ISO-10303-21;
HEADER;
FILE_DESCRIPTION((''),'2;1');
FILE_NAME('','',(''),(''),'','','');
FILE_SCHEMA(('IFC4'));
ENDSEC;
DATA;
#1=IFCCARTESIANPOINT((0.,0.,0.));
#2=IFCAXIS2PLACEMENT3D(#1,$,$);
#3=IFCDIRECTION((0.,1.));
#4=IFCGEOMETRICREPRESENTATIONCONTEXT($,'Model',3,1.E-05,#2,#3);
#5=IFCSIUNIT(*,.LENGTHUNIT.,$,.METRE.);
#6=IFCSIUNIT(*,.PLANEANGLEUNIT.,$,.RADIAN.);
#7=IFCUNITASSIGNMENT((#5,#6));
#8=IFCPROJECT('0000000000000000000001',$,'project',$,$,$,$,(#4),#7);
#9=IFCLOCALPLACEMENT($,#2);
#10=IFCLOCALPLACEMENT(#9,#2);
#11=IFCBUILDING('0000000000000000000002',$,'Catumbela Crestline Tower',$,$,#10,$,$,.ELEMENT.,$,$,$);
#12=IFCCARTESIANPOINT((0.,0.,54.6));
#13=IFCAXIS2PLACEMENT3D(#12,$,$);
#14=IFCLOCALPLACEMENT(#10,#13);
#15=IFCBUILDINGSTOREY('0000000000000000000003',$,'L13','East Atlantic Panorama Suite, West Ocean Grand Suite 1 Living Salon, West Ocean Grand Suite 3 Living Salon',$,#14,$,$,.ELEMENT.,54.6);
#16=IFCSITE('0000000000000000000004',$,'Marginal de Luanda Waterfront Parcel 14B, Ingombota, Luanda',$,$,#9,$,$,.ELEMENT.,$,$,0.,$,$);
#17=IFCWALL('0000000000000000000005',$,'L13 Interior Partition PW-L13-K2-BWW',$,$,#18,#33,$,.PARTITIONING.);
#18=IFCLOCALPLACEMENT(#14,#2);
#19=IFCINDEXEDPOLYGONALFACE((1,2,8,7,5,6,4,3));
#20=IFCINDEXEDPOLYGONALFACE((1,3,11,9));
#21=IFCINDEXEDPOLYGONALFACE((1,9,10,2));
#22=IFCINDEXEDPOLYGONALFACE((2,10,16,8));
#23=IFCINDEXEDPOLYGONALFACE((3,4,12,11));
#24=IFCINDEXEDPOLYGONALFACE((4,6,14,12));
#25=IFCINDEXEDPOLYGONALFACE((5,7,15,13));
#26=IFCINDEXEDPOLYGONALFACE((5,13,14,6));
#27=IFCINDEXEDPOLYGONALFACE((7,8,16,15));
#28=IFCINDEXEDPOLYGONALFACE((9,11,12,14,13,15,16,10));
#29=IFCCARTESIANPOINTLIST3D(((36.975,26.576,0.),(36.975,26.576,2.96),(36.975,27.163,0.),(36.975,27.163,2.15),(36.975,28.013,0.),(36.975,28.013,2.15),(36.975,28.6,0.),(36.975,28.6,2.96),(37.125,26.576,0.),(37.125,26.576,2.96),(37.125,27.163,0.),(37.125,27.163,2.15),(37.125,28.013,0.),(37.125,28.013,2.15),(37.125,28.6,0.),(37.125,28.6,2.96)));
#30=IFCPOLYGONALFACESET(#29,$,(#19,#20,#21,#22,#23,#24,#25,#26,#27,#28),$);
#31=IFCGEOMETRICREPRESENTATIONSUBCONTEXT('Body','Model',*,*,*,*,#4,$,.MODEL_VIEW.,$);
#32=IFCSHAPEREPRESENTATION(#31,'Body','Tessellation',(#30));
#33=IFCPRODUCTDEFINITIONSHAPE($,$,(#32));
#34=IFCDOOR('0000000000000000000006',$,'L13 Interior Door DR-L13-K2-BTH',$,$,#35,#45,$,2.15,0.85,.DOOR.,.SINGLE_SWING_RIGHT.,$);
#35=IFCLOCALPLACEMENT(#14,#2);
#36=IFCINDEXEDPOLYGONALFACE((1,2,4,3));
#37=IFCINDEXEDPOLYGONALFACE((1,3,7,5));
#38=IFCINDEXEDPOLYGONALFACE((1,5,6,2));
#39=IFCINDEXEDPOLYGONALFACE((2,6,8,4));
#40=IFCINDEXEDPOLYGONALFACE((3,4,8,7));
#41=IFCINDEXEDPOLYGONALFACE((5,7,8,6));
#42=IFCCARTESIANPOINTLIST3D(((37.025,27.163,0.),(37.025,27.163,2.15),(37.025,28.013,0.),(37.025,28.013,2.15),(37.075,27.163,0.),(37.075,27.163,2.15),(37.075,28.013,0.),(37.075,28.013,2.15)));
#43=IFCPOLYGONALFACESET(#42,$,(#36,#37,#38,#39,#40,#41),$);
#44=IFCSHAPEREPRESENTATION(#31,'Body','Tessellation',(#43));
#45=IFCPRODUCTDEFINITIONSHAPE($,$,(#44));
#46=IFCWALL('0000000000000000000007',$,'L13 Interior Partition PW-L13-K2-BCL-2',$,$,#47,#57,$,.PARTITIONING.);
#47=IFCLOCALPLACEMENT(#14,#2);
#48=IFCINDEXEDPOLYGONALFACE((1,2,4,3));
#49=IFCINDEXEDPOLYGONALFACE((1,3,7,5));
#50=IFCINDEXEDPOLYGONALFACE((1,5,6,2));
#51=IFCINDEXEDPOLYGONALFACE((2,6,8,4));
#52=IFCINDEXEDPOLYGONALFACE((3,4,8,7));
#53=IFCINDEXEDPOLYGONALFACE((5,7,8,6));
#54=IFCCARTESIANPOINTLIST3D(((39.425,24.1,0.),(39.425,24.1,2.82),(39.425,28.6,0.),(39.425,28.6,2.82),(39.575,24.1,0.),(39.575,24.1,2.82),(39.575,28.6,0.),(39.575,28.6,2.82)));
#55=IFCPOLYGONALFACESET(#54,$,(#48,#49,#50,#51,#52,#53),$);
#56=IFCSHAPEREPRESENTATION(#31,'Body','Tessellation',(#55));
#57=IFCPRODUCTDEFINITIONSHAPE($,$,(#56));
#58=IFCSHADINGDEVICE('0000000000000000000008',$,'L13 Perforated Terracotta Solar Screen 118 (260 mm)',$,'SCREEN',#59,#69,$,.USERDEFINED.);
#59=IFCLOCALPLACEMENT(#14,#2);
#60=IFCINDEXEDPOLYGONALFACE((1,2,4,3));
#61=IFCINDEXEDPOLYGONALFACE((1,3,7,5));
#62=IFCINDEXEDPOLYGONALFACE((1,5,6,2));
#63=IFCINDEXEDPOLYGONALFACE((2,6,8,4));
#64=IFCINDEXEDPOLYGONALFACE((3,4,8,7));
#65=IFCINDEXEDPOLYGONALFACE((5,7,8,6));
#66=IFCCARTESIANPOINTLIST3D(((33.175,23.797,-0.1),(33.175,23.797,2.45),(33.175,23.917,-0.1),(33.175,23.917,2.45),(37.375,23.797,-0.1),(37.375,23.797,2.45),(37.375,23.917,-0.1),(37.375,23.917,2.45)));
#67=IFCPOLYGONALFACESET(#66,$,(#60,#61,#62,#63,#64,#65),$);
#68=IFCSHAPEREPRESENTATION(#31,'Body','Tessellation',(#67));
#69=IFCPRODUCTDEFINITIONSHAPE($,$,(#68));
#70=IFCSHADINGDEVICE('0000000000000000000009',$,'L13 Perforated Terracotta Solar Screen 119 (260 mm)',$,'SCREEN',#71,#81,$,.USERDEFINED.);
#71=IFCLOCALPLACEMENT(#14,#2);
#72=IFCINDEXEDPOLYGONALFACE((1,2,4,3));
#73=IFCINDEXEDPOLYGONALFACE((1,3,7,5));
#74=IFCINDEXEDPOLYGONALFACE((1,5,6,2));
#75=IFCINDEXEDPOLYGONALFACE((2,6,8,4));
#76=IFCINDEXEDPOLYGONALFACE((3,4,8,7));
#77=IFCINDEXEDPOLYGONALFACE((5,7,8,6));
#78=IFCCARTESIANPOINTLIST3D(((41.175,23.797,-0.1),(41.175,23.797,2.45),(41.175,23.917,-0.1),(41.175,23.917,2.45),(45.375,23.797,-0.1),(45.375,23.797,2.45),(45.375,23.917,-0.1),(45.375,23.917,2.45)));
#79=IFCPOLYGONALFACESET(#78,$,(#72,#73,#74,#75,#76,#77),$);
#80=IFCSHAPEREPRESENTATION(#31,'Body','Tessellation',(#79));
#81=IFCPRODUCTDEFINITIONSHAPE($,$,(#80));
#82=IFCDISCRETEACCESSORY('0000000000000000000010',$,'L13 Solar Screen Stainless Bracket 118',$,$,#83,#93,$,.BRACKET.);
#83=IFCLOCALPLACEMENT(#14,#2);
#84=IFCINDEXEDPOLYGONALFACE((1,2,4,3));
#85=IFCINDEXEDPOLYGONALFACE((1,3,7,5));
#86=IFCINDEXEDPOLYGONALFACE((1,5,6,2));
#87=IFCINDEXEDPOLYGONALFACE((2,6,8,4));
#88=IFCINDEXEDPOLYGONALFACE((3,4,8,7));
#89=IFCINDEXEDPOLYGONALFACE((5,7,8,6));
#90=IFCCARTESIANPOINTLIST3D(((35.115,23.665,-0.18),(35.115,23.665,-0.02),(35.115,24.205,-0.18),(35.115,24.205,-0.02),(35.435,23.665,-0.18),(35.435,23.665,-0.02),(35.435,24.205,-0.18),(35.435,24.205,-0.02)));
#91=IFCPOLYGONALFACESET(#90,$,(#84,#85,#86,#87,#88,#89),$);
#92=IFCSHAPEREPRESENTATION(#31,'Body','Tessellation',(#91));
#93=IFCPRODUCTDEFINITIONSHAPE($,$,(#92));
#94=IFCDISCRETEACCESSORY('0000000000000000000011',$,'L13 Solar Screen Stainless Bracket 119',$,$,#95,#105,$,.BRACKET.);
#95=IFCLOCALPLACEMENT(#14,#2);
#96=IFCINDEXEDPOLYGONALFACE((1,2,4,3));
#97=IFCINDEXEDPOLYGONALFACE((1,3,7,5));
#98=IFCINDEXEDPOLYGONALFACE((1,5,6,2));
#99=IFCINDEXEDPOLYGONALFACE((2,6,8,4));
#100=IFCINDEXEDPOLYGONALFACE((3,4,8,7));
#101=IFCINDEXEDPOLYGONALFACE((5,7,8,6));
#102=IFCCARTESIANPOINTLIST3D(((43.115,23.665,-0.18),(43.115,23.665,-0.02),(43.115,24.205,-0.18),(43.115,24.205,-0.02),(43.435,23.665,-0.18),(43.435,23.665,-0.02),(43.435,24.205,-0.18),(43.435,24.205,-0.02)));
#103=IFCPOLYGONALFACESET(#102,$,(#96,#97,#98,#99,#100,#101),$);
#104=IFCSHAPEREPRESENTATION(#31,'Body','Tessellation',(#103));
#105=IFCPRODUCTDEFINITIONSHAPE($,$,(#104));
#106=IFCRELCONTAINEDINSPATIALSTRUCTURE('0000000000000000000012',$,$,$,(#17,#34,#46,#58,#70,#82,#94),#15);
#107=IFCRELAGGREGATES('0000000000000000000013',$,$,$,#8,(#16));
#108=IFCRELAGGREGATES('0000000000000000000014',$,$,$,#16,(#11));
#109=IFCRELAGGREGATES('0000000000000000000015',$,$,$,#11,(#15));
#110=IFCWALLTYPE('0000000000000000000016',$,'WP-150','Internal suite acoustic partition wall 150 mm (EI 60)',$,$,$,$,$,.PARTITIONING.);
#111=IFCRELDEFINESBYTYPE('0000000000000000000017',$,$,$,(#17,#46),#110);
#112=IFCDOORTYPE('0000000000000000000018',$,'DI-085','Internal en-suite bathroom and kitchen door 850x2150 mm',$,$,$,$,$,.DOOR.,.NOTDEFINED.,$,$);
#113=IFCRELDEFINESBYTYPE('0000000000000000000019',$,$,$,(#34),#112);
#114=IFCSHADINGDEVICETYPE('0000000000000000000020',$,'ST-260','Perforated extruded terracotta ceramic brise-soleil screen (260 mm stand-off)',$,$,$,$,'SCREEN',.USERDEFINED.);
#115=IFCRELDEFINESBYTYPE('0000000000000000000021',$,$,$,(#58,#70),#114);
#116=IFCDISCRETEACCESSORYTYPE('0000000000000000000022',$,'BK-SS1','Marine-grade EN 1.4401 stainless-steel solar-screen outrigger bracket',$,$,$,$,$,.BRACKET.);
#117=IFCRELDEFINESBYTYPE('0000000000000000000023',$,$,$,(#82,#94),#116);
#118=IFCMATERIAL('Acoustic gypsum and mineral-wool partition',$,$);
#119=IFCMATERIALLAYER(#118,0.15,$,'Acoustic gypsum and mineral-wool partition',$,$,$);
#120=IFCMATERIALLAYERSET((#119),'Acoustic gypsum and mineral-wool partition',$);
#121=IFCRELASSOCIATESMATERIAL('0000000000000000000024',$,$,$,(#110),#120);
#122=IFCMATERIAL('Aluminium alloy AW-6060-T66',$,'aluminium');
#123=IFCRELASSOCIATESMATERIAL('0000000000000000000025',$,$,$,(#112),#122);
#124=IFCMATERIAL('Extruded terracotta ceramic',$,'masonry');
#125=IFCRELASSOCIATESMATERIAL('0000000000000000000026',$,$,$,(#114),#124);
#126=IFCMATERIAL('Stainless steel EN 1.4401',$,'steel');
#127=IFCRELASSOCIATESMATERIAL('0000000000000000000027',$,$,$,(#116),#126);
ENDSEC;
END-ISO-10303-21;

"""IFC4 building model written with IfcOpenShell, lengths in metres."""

from ifc_helpers import new_model, si_unit, direction, frame, frame_2d, origin, origin_2d, place, context, subcontext, project, spatial, rectangle, extrude, material, layer, layer_set, type_object, element, fill, save


model = new_model("IFC4")

# Units and contexts
model_context = context("Model", 3, precision=1e-05, world=origin(), true_north=direction((0.0, 1.0)))
body_context = subcontext(model_context, "Body", "Model", "MODEL_VIEW")
ifc_project = project(units=[si_unit("LENGTHUNIT", "METRE"), si_unit("PLANEANGLEUNIT", "RADIAN")], contexts=[model_context])

# Site, building, storey
site_placement = place(None, origin())
site = spatial("IfcSite", under=ifc_project, at=site_placement, Name="Marginal de Luanda Waterfront Parcel 14B, Ingombota, Luanda", CompositionType="ELEMENT", RefElevation=0.0)
building_placement = place(site_placement, origin())
building = spatial("IfcBuilding", under=site, at=building_placement, Name="Catumbela Crestline Tower", CompositionType="ELEMENT")
storey_placement = place(building_placement, frame((0.0, 0.0, 54.6)))
storey = spatial("IfcBuildingStorey", under=building, at=storey_placement, Name="L13", Description="East Atlantic Panorama Suite, West Ocean Grand Suite 1 Living Salon, West Ocean Grand Suite 3 Living Salon", CompositionType="ELEMENT", Elevation=54.6)

# Shared definitions
ifc_material_1 = material(Name="Aluminium alloy AW-6060-T66", Category="aluminium")

# Shared definitions
ifc_material_2 = material(Name="Acoustic gypsum and mineral-wool partition")
ifc_layer_1 = layer(ifc_material_2, 0.15, Name="Acoustic gypsum and mineral-wool partition")
ifc_layer_set_1 = layer_set([ifc_layer_1], Name="Acoustic gypsum and mineral-wool partition")
wall_type_1 = type_object("IfcWallType", Name="WP-150", Description="Internal suite acoustic partition wall 150 mm (EI 60)", PredefinedType="PARTITIONING", material=ifc_layer_set_1)

# Shared definitions
door_type = type_object("IfcDoorType", Name="DI-085", Description="Internal en-suite bathroom and kitchen door 850x2150 mm", OperationType="NOTDEFINED", PredefinedType="DOOR", material=ifc_material_1)

# Wall, opening, door
wall_1_placement = place(storey_placement, frame((37.05, 26.576, 0.0), z_axis=(0.0, 0.0, 1.0), x_axis=(0.0, 1.0, 0.0)))
wall_1 = element("IfcWall", 1, at=wall_1_placement, inside=storey, type_object=wall_type_1, Name="L13 Interior Partition PW-L13-K2-BWW", PredefinedType="PARTITIONING", context=body_context, shape_type="SweptSolid", body=[
    extrude(rectangle(XDim=2.024, YDim=0.15, at=frame_2d((1.012, 0.0))), origin(), (0.0, 0.0, 1.0), 2.96),
])
opening_1_placement = place(wall_1_placement, frame((0.587, 0.0, 0.0)))
opening_1 = element("IfcOpeningElement", 2, at=opening_1_placement, cuts=wall_1, PredefinedType="OPENING", context=body_context, shape_type="SweptSolid", body=[
    extrude(rectangle(XDim=0.85, YDim=2.15, at=frame_2d((0.425, 1.075))), frame((0.0, 0.085, 0.0), z_axis=(0.0, -1.0, 0.0), x_axis=(1.0, 0.0, 0.0)), (0.0, 0.0, 1.0), 0.17),
])
door_1_placement = place(opening_1_placement, origin())
door_1 = element("IfcDoor", 3, at=door_1_placement, inside=storey, type_object=door_type, Name="L13 Interior Door DR-L13-K2-BTH", OperationType="SINGLE_SWING_RIGHT", OverallHeight=2.15, OverallWidth=0.85, PredefinedType="DOOR", context=body_context, shape_type="SweptSolid", body=[
    extrude(rectangle(XDim=0.85, YDim=2.15, at=frame_2d((0.425, 1.075))), frame((0.0, 0.025, 0.0), z_axis=(0.0, -1.0, 0.0), x_axis=(1.0, 0.0, 0.0)), (0.0, 0.0, 1.0), 0.05),
])
fill(opening_1, door_1)

# Wall
wall_2_placement = place(storey_placement, frame((39.5, 28.6, 0.0), z_axis=(0.0, 0.0, 1.0), x_axis=(0.0, -1.0, 0.0)))
element("IfcWall", 4, at=wall_2_placement, inside=storey, type_object=wall_type_1, Name="L13 Interior Partition PW-L13-K2-BCL-2", PredefinedType="PARTITIONING", context=body_context, shape_type="SweptSolid", body=[
    extrude(rectangle(XDim=4.5, YDim=0.15, at=frame_2d((2.25, 0.0))), origin(), (0.0, 0.0, 1.0), 2.82),
])

# Shading devices
ifc_material_3 = material(Name="Extruded terracotta ceramic", Category="masonry")
shading_device_type = type_object("IfcShadingDeviceType", Name="ST-260", Description="Perforated extruded terracotta ceramic brise-soleil screen (260 mm stand-off)", ElementType="SCREEN", PredefinedType="USERDEFINED", material=ifc_material_3)
for number, where, z_axis, x_axis, name in (
    (5, (35.275, 23.857, -0.1), (0.0, 0.0, 1.0), (1.0, 0.0, 0.0), "L13 Perforated Terracotta Solar Screen 118 (260 mm)"),
    (6, (43.275, 23.857, -0.1), (0.0, 0.0, 1.0), (1.0, 0.0, 0.0), "L13 Perforated Terracotta Solar Screen 119 (260 mm)"),
):
    element("IfcShadingDevice", number, at=place(storey_placement, frame(where, z_axis=z_axis, x_axis=x_axis)), inside=storey, type_object=shading_device_type, Name=name, ObjectType="SCREEN", PredefinedType="USERDEFINED", context=body_context, shape_type="SweptSolid", body=[
        extrude(rectangle(XDim=4.2, YDim=0.12, at=origin_2d()), origin(), (0.0, 0.0, 1.0), 2.55),
    ])

# Discrete accessories
ifc_material_4 = material(Name="Stainless steel EN 1.4401", Category="steel")
discrete_accessory_type = type_object("IfcDiscreteAccessoryType", Name="BK-SS1", Description="Marine-grade EN 1.4401 stainless-steel solar-screen outrigger bracket", PredefinedType="BRACKET", material=ifc_material_4)
for number, where, z_axis, x_axis, name in (
    (7, (35.275, 23.935, -0.18), (0.0, 0.0, 1.0), (1.0, 0.0, 0.0), "L13 Solar Screen Stainless Bracket 118"),
    (8, (43.275, 23.935, -0.18), (0.0, 0.0, 1.0), (1.0, 0.0, 0.0), "L13 Solar Screen Stainless Bracket 119"),
):
    element("IfcDiscreteAccessory", number, at=place(storey_placement, frame(where, z_axis=z_axis, x_axis=x_axis)), inside=storey, type_object=discrete_accessory_type, Name=name, PredefinedType="BRACKET", context=body_context, shape_type="SweptSolid", body=[
        extrude(rectangle(XDim=0.32, YDim=0.54, at=origin_2d()), origin(), (0.0, 0.0, 1.0), 0.16),
    ])

save(model, "model.ifc")
